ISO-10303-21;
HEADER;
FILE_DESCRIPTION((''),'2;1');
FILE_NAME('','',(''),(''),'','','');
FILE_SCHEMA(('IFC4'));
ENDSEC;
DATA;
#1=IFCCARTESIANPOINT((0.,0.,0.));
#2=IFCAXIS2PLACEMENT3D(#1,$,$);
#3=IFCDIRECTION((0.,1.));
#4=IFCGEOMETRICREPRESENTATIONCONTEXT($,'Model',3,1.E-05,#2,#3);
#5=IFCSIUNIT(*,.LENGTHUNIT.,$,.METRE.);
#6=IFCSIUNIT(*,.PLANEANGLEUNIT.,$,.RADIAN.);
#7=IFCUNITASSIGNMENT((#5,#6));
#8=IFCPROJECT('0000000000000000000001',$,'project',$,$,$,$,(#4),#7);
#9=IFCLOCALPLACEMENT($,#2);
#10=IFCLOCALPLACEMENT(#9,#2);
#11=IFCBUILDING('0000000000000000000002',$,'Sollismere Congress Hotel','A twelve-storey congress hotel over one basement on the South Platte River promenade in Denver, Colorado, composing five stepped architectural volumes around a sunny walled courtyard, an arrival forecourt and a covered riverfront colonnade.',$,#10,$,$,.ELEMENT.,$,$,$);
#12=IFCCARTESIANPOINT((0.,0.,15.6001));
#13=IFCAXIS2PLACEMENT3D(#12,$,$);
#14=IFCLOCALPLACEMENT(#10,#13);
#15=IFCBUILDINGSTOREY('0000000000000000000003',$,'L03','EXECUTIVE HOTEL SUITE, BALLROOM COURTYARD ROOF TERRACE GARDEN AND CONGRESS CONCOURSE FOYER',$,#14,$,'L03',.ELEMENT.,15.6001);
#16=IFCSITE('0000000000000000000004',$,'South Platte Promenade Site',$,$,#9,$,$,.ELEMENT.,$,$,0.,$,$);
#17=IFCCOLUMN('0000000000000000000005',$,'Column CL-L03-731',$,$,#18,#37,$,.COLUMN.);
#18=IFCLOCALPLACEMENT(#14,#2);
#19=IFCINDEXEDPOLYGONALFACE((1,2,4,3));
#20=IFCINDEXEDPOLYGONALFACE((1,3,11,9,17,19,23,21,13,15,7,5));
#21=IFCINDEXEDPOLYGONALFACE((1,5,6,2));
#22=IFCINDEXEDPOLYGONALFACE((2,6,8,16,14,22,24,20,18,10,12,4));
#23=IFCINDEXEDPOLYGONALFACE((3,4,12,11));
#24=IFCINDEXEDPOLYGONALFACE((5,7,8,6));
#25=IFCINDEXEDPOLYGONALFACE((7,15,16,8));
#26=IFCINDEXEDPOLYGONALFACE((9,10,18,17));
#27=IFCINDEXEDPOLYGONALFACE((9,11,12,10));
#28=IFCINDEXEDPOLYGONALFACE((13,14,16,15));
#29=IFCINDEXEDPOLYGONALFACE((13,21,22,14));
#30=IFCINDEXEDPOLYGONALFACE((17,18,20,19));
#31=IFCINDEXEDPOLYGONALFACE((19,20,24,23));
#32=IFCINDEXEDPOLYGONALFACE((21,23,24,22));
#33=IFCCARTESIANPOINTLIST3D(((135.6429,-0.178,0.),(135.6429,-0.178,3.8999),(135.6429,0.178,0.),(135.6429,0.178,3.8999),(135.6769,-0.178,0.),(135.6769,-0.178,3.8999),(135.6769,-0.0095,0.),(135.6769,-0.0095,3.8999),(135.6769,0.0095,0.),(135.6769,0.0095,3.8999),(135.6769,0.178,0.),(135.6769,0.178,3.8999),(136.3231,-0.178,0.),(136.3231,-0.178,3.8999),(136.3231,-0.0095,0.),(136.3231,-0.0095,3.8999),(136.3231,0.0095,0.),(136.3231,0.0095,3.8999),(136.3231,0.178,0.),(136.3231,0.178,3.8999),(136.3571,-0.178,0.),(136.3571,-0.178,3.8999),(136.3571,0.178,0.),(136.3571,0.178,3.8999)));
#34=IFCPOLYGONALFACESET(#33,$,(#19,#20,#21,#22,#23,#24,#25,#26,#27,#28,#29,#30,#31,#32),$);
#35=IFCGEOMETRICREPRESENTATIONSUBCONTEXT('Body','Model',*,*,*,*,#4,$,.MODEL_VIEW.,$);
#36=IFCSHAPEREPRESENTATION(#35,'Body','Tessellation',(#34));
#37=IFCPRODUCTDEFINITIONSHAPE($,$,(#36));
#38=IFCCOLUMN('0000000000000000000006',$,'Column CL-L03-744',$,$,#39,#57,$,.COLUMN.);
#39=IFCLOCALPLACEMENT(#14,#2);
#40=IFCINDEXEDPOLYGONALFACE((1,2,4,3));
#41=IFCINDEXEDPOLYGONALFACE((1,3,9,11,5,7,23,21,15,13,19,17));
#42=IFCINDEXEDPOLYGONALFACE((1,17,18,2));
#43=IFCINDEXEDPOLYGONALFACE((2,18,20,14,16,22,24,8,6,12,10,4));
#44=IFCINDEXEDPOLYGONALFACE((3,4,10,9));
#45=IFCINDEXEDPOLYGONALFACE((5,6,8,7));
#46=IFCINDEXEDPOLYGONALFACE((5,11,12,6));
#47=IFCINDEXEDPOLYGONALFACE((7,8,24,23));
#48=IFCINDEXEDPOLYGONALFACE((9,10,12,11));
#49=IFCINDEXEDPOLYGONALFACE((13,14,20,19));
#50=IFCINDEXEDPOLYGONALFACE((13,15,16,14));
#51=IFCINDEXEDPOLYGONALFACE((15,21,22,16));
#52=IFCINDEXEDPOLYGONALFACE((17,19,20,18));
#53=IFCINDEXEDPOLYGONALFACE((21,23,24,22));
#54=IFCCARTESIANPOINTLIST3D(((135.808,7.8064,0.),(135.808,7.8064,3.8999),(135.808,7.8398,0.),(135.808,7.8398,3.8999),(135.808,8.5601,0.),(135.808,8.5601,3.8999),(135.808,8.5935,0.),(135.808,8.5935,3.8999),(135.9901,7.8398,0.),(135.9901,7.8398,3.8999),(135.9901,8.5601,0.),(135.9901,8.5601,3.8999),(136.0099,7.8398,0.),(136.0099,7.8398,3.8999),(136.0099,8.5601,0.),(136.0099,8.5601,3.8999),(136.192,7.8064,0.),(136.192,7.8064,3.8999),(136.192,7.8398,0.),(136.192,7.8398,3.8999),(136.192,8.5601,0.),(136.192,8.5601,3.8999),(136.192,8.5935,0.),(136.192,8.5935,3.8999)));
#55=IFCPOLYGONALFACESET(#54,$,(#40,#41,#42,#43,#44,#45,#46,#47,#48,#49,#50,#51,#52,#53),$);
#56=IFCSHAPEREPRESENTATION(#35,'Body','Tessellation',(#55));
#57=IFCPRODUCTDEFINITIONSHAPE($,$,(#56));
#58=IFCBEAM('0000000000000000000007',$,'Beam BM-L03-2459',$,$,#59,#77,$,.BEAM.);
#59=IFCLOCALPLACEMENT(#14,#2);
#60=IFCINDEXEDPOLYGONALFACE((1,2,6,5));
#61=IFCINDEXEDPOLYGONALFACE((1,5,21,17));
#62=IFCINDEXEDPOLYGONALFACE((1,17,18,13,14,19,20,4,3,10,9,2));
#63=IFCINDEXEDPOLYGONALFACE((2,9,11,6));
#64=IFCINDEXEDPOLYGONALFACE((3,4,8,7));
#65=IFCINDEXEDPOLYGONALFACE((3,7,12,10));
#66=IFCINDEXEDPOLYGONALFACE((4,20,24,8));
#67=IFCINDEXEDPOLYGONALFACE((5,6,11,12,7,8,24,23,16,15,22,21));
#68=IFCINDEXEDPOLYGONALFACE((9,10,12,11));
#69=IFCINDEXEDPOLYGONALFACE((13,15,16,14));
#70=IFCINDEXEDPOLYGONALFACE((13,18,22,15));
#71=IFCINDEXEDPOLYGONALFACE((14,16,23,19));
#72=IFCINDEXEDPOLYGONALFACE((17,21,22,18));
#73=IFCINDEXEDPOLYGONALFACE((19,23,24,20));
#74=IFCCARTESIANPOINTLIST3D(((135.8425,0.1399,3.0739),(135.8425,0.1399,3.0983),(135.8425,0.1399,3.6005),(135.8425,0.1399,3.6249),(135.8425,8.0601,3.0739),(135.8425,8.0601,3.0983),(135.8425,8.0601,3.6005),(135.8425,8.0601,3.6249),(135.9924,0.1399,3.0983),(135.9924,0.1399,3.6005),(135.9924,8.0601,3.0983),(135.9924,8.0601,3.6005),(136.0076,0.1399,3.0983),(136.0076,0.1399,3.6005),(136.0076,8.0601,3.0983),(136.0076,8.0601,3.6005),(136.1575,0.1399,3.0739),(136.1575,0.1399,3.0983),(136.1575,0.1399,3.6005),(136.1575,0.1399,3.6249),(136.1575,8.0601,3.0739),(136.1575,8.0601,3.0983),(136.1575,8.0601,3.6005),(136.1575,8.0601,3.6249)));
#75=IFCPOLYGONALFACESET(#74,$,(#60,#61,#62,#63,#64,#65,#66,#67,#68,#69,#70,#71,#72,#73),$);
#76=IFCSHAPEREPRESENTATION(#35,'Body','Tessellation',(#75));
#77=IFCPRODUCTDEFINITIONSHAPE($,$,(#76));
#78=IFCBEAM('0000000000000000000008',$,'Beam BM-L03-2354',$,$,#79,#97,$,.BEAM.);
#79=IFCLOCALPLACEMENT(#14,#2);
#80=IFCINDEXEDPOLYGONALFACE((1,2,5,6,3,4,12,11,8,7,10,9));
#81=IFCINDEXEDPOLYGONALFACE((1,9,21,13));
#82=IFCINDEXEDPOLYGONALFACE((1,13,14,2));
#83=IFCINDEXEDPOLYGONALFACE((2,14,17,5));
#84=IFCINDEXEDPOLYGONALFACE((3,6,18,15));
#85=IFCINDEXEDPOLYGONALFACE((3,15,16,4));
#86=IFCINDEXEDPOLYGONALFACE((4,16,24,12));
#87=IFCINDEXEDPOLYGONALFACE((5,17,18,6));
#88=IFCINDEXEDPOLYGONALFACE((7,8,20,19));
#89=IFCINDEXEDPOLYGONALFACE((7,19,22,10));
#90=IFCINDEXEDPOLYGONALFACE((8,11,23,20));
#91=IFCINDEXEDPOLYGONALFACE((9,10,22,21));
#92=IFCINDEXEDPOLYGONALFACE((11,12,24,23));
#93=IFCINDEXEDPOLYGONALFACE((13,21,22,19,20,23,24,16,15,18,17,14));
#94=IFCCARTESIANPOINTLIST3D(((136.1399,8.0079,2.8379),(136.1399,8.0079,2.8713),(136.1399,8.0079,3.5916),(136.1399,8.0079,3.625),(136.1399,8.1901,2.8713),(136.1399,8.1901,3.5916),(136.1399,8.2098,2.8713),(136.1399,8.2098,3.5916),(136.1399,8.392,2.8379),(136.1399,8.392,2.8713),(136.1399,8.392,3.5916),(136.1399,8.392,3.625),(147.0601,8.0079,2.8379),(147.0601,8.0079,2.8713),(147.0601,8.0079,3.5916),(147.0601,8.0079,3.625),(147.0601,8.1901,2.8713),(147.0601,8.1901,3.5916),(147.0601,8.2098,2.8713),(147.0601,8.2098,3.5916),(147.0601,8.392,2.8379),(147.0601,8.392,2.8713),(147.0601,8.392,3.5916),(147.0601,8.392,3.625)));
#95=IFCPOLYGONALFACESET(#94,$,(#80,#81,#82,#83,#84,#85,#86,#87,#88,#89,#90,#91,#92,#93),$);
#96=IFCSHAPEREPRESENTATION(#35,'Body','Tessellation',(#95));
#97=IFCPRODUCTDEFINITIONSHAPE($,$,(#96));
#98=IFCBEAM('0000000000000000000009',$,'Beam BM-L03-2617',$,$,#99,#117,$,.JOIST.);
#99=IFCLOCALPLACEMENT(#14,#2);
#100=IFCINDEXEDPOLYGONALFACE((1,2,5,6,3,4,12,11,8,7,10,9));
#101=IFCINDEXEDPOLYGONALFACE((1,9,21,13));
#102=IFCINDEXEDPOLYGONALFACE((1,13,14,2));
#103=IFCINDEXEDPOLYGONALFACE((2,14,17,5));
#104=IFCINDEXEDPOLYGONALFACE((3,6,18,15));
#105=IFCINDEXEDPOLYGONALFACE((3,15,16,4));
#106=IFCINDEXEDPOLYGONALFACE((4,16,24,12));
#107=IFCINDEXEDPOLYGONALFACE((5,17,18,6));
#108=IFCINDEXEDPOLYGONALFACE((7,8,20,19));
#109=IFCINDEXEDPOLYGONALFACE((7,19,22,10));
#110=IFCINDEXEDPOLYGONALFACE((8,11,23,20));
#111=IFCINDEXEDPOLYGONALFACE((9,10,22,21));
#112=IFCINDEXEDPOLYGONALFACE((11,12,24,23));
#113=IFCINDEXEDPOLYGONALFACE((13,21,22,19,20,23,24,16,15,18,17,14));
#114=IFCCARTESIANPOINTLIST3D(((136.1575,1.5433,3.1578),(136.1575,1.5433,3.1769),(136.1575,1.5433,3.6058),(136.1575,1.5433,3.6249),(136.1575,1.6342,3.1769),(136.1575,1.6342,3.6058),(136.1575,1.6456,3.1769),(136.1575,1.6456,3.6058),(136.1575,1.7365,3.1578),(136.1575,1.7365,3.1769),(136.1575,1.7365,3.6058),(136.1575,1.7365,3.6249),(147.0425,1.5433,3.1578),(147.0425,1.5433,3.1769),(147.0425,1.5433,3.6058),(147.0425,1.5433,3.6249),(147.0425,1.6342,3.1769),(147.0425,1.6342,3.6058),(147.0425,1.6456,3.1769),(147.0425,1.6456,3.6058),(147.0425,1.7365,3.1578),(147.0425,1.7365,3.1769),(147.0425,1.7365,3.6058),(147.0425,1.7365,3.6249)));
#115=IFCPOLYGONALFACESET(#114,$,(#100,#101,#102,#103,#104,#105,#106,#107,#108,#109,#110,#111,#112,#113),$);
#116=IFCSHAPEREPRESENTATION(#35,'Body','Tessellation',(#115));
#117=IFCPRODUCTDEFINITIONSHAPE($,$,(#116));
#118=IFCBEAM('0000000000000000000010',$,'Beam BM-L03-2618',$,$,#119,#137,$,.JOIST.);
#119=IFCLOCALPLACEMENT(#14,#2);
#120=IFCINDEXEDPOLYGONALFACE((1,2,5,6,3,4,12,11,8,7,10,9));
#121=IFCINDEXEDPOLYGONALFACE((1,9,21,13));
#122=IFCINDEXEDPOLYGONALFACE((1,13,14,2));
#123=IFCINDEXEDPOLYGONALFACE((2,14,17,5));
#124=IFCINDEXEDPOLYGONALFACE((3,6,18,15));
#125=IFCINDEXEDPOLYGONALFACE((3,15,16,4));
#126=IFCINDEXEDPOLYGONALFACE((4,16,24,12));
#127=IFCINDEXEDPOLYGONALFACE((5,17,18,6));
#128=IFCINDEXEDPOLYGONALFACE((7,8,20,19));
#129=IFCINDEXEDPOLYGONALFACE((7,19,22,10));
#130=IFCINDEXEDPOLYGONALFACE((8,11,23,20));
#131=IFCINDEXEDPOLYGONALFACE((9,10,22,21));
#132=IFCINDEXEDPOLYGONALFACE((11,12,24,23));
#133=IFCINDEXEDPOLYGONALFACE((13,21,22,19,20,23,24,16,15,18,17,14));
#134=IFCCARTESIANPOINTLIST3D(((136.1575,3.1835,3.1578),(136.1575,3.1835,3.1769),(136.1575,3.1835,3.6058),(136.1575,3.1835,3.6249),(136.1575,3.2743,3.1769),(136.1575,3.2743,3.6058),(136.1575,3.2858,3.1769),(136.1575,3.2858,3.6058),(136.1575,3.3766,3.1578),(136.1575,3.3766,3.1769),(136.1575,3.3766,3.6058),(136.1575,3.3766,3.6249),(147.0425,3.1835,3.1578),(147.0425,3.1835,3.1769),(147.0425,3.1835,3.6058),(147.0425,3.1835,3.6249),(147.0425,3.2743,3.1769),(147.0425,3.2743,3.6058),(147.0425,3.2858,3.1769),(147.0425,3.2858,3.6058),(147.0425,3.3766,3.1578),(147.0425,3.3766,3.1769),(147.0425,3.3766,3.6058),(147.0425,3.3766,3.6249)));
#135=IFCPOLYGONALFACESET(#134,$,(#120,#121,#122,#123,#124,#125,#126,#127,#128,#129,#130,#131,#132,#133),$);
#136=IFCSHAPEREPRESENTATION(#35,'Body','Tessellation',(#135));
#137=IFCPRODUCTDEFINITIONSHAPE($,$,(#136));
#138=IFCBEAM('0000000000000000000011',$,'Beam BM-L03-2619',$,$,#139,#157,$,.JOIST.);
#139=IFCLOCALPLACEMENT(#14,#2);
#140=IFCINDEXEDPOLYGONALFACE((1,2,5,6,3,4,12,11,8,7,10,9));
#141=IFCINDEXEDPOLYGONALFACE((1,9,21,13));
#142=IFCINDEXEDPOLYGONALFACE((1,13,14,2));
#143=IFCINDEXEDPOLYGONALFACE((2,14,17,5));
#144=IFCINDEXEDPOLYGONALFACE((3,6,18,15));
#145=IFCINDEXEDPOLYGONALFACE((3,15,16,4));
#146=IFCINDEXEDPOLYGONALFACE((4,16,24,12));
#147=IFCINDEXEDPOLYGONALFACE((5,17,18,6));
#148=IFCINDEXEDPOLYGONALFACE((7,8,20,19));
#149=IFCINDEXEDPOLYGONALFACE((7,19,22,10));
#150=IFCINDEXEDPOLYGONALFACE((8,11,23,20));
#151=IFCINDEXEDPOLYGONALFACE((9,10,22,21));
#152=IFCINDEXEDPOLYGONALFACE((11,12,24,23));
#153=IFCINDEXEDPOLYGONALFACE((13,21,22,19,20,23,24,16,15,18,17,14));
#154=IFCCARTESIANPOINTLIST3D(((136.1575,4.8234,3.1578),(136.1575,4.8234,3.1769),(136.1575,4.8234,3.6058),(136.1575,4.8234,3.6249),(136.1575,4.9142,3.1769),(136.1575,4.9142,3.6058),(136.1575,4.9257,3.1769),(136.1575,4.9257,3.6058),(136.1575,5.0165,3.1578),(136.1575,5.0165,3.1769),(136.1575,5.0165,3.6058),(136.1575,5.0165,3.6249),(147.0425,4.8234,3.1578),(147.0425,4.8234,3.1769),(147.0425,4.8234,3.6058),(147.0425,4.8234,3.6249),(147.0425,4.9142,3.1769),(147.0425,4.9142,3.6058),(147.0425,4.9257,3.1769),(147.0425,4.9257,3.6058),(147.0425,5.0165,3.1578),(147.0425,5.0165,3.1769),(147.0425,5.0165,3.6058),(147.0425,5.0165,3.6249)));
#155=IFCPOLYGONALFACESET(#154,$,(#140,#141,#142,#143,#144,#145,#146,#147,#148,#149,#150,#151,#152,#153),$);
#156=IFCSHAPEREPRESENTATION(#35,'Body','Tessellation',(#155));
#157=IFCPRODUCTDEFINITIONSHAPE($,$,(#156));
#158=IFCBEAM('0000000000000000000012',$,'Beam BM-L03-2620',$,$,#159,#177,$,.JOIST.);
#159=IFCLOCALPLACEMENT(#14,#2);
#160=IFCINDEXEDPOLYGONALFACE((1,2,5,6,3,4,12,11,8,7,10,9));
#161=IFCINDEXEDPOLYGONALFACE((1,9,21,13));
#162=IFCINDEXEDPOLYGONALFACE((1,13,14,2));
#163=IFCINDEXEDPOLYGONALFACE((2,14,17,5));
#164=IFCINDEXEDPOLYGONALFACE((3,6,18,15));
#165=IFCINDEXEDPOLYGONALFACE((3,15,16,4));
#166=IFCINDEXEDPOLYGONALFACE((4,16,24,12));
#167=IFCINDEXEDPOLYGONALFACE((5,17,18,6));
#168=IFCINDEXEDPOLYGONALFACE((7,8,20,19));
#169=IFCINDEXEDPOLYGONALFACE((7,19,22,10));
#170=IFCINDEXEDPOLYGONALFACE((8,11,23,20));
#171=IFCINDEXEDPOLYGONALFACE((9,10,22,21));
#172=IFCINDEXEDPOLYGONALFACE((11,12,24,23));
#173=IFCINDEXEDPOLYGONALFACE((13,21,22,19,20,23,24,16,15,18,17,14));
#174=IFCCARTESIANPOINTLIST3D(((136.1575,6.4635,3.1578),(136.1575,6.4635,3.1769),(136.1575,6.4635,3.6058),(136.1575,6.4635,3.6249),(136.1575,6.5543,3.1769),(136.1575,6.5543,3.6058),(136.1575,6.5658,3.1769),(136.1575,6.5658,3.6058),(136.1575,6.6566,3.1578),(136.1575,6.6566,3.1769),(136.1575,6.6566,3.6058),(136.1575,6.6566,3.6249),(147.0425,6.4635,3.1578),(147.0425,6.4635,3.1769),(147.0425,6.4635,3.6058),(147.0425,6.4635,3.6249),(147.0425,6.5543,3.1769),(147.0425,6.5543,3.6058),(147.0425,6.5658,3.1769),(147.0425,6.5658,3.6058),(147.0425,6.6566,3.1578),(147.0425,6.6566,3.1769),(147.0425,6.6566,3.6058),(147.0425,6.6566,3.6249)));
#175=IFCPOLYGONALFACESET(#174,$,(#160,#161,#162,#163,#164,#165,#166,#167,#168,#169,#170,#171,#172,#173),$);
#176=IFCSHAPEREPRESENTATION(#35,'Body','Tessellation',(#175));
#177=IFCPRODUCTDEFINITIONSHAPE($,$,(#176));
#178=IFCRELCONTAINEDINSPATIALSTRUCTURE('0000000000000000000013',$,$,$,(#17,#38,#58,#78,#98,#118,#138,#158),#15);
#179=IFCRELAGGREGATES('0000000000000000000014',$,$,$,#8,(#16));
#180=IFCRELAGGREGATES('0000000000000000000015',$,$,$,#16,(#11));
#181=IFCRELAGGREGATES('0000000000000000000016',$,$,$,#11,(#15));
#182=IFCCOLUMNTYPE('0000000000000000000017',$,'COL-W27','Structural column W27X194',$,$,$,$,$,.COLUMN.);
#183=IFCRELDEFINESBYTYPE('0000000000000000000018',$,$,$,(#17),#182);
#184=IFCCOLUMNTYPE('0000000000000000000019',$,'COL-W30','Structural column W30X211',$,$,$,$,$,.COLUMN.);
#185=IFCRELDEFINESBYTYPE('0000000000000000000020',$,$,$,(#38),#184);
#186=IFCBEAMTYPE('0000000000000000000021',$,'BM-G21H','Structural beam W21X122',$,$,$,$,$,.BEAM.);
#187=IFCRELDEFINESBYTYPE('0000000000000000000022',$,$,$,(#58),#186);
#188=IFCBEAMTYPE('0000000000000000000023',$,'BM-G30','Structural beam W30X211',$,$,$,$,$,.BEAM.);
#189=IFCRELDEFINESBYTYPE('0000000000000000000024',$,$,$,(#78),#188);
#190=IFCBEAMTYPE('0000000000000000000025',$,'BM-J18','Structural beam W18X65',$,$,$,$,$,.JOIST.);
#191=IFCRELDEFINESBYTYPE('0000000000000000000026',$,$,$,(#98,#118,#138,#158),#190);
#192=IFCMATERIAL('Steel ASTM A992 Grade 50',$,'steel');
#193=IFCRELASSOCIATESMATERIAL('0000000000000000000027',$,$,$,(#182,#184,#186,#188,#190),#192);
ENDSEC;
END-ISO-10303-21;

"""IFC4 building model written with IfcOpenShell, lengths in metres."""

from ifc_helpers import new_model, si_unit, direction, frame, origin, origin_2d, place, context, subcontext, project, spatial, i_section, extrude, material, material_profile, profile_set, type_object, element, save


model = new_model("IFC4")

# Units and contexts
model_context = context("Model", 3, precision=1e-05, world=origin(), true_north=direction((0.0, 1.0)))
body_context = subcontext(model_context, "Body", "Model", "MODEL_VIEW")
ifc_project = project(units=[si_unit("LENGTHUNIT", "METRE"), si_unit("PLANEANGLEUNIT", "RADIAN")], contexts=[model_context])

# Site, building, storey
site_placement = place(None, origin())
site = spatial("IfcSite", under=ifc_project, at=site_placement, Name="South Platte Promenade Site", CompositionType="ELEMENT", RefElevation=0.0)
building_placement = place(site_placement, origin())
building = spatial("IfcBuilding", under=site, at=building_placement, Name="Sollismere Congress Hotel", Description="A twelve-storey congress hotel over one basement on the South Platte River promenade in Denver, Colorado, composing five stepped architectural volumes around a sunny walled courtyard, an arrival forecourt and a covered riverfront colonnade.", CompositionType="ELEMENT")
storey_placement = place(building_placement, frame((0.0, 0.0, 15.6001)))
storey = spatial("IfcBuildingStorey", under=building, at=storey_placement, Name="L03", Description="EXECUTIVE HOTEL SUITE, BALLROOM COURTYARD ROOF TERRACE GARDEN AND CONGRESS CONCOURSE FOYER", LongName="L03", CompositionType="ELEMENT", Elevation=15.6001)

# Columns
ifc_material_1 = material(Name="Steel ASTM A992 Grade 50", Category="steel")
ifc_material_profile_1 = material_profile(ifc_material_1, i_section(OverallWidth=0.356, OverallDepth=0.7141, WebThickness=0.019, FlangeThickness=0.0339, at=origin_2d()), Name="W27X194")
ifc_profile_set_1 = profile_set([ifc_material_profile_1], Name="Steel ASTM A992 Grade 50")
column_type_1 = type_object("IfcColumnType", Name="COL-W27", Description="Structural column W27X194", PredefinedType="COLUMN", material=ifc_profile_set_1)
column_1_placement = place(storey_placement, frame((136.0, 0.0, 0.0), z_axis=(0.0, 0.0, 1.0), x_axis=(0.0, 1.0, 0.0)))
element("IfcColumn", 1, at=column_1_placement, inside=storey, type_object=column_type_1, Name="Column CL-L03-731", PredefinedType="COLUMN", context=body_context, shape_type="SweptSolid", body=[
    extrude(i_section(OverallWidth=0.356, OverallDepth=0.7141, WebThickness=0.019, FlangeThickness=0.0339, at=origin_2d()), origin(), (0.0, 0.0, 1.0), 3.8999),
])
ifc_material_profile_2 = material_profile(ifc_material_1, i_section(OverallWidth=0.384, OverallDepth=0.7871, WebThickness=0.0198, FlangeThickness=0.0334, at=origin_2d()), Name="W30X211")
ifc_profile_set_2 = profile_set([ifc_material_profile_2], Name="Steel ASTM A992 Grade 50")
column_type_2 = type_object("IfcColumnType", Name="COL-W30", Description="Structural column W30X211", PredefinedType="COLUMN", material=ifc_profile_set_2)
column_2_placement = place(storey_placement, frame((136.0, 8.2, 0.0), z_axis=(0.0, 0.0, 1.0), x_axis=(1.0, 0.0, 0.0)))
element("IfcColumn", 2, at=column_2_placement, inside=storey, type_object=column_type_2, Name="Column CL-L03-744", PredefinedType="COLUMN", context=body_context, shape_type="SweptSolid", body=[
    extrude(i_section(OverallWidth=0.384, OverallDepth=0.7871, WebThickness=0.0198, FlangeThickness=0.0334, at=origin_2d()), origin(), (0.0, 0.0, 1.0), 3.8999),
])

# Beams
ifc_material_profile_3 = material_profile(ifc_material_1, i_section(OverallWidth=0.3149, OverallDepth=0.551, WebThickness=0.0151, FlangeThickness=0.0244, at=origin_2d()), Name="W21X122")
ifc_profile_set_3 = profile_set([ifc_material_profile_3], Name="Steel ASTM A992 Grade 50")
beam_type_1 = type_object("IfcBeamType", Name="BM-G21H", Description="Structural beam W21X122", PredefinedType="BEAM", material=ifc_profile_set_3)
beam_1_placement = place(storey_placement, frame((136.0, 0.1399, 3.3494), z_axis=(0.0, 1.0, 0.0), x_axis=(-1.0, 0.0, 0.0)))
element("IfcBeam", 3, at=beam_1_placement, inside=storey, type_object=beam_type_1, Name="Beam BM-L03-2459", PredefinedType="BEAM", context=body_context, shape_type="SweptSolid", body=[
    extrude(i_section(OverallWidth=0.3149, OverallDepth=0.551, WebThickness=0.0151, FlangeThickness=0.0244, at=origin_2d()), origin(), (0.0, 0.0, 1.0), 7.9202),
])
ifc_material_profile_4 = material_profile(ifc_material_1, i_section(OverallWidth=0.384, OverallDepth=0.7871, WebThickness=0.0198, FlangeThickness=0.0334, at=origin_2d()), Name="W30X211")
ifc_profile_set_4 = profile_set([ifc_material_profile_4], Name="Steel ASTM A992 Grade 50")
beam_type_2 = type_object("IfcBeamType", Name="BM-G30", Description="Structural beam W30X211", PredefinedType="BEAM", material=ifc_profile_set_4)
beam_2_placement = place(storey_placement, frame((136.1399, 8.2, 3.2314), z_axis=(1.0, 0.0, 0.0), x_axis=(0.0, 1.0, 0.0)))
element("IfcBeam", 4, at=beam_2_placement, inside=storey, type_object=beam_type_2, Name="Beam BM-L03-2354", PredefinedType="BEAM", context=body_context, shape_type="SweptSolid", body=[
    extrude(i_section(OverallWidth=0.384, OverallDepth=0.7871, WebThickness=0.0198, FlangeThickness=0.0334, at=origin_2d()), origin(), (0.0, 0.0, 1.0), 10.9202),
])
ifc_material_profile_5 = material_profile(ifc_material_1, i_section(OverallWidth=0.1931, OverallDepth=0.467, WebThickness=0.0115, FlangeThickness=0.019, at=origin_2d()), Name="W18X65")
ifc_profile_set_5 = profile_set([ifc_material_profile_5], Name="Steel ASTM A992 Grade 50")
beam_type_3 = type_object("IfcBeamType", Name="BM-J18", Description="Structural beam W18X65", PredefinedType="JOIST", material=ifc_profile_set_5)
for number, where, z_axis, x_axis, name in (
    (5, (136.1575, 1.6399, 3.3914), (1.0, 0.0, 0.0), (0.0, 1.0, 0.0), "Beam BM-L03-2617"),
    (6, (136.1575, 3.28, 3.3914), (1.0, 0.0, 0.0), (0.0, 1.0, 0.0), "Beam BM-L03-2618"),
    (7, (136.1575, 4.9199, 3.3914), (1.0, 0.0, 0.0), (0.0, 1.0, 0.0), "Beam BM-L03-2619"),
    (8, (136.1575, 6.5601, 3.3914), (1.0, 0.0, 0.0), (0.0, 1.0, 0.0), "Beam BM-L03-2620"),
):
    element("IfcBeam", number, at=place(storey_placement, frame(where, z_axis=z_axis, x_axis=x_axis)), inside=storey, type_object=beam_type_3, Name=name, PredefinedType="JOIST", context=body_context, shape_type="SweptSolid", body=[
        extrude(i_section(OverallWidth=0.1931, OverallDepth=0.467, WebThickness=0.0115, FlangeThickness=0.019, at=origin_2d()), origin(), (0.0, 0.0, 1.0), 10.885),
    ])

save(model, "model.ifc")
